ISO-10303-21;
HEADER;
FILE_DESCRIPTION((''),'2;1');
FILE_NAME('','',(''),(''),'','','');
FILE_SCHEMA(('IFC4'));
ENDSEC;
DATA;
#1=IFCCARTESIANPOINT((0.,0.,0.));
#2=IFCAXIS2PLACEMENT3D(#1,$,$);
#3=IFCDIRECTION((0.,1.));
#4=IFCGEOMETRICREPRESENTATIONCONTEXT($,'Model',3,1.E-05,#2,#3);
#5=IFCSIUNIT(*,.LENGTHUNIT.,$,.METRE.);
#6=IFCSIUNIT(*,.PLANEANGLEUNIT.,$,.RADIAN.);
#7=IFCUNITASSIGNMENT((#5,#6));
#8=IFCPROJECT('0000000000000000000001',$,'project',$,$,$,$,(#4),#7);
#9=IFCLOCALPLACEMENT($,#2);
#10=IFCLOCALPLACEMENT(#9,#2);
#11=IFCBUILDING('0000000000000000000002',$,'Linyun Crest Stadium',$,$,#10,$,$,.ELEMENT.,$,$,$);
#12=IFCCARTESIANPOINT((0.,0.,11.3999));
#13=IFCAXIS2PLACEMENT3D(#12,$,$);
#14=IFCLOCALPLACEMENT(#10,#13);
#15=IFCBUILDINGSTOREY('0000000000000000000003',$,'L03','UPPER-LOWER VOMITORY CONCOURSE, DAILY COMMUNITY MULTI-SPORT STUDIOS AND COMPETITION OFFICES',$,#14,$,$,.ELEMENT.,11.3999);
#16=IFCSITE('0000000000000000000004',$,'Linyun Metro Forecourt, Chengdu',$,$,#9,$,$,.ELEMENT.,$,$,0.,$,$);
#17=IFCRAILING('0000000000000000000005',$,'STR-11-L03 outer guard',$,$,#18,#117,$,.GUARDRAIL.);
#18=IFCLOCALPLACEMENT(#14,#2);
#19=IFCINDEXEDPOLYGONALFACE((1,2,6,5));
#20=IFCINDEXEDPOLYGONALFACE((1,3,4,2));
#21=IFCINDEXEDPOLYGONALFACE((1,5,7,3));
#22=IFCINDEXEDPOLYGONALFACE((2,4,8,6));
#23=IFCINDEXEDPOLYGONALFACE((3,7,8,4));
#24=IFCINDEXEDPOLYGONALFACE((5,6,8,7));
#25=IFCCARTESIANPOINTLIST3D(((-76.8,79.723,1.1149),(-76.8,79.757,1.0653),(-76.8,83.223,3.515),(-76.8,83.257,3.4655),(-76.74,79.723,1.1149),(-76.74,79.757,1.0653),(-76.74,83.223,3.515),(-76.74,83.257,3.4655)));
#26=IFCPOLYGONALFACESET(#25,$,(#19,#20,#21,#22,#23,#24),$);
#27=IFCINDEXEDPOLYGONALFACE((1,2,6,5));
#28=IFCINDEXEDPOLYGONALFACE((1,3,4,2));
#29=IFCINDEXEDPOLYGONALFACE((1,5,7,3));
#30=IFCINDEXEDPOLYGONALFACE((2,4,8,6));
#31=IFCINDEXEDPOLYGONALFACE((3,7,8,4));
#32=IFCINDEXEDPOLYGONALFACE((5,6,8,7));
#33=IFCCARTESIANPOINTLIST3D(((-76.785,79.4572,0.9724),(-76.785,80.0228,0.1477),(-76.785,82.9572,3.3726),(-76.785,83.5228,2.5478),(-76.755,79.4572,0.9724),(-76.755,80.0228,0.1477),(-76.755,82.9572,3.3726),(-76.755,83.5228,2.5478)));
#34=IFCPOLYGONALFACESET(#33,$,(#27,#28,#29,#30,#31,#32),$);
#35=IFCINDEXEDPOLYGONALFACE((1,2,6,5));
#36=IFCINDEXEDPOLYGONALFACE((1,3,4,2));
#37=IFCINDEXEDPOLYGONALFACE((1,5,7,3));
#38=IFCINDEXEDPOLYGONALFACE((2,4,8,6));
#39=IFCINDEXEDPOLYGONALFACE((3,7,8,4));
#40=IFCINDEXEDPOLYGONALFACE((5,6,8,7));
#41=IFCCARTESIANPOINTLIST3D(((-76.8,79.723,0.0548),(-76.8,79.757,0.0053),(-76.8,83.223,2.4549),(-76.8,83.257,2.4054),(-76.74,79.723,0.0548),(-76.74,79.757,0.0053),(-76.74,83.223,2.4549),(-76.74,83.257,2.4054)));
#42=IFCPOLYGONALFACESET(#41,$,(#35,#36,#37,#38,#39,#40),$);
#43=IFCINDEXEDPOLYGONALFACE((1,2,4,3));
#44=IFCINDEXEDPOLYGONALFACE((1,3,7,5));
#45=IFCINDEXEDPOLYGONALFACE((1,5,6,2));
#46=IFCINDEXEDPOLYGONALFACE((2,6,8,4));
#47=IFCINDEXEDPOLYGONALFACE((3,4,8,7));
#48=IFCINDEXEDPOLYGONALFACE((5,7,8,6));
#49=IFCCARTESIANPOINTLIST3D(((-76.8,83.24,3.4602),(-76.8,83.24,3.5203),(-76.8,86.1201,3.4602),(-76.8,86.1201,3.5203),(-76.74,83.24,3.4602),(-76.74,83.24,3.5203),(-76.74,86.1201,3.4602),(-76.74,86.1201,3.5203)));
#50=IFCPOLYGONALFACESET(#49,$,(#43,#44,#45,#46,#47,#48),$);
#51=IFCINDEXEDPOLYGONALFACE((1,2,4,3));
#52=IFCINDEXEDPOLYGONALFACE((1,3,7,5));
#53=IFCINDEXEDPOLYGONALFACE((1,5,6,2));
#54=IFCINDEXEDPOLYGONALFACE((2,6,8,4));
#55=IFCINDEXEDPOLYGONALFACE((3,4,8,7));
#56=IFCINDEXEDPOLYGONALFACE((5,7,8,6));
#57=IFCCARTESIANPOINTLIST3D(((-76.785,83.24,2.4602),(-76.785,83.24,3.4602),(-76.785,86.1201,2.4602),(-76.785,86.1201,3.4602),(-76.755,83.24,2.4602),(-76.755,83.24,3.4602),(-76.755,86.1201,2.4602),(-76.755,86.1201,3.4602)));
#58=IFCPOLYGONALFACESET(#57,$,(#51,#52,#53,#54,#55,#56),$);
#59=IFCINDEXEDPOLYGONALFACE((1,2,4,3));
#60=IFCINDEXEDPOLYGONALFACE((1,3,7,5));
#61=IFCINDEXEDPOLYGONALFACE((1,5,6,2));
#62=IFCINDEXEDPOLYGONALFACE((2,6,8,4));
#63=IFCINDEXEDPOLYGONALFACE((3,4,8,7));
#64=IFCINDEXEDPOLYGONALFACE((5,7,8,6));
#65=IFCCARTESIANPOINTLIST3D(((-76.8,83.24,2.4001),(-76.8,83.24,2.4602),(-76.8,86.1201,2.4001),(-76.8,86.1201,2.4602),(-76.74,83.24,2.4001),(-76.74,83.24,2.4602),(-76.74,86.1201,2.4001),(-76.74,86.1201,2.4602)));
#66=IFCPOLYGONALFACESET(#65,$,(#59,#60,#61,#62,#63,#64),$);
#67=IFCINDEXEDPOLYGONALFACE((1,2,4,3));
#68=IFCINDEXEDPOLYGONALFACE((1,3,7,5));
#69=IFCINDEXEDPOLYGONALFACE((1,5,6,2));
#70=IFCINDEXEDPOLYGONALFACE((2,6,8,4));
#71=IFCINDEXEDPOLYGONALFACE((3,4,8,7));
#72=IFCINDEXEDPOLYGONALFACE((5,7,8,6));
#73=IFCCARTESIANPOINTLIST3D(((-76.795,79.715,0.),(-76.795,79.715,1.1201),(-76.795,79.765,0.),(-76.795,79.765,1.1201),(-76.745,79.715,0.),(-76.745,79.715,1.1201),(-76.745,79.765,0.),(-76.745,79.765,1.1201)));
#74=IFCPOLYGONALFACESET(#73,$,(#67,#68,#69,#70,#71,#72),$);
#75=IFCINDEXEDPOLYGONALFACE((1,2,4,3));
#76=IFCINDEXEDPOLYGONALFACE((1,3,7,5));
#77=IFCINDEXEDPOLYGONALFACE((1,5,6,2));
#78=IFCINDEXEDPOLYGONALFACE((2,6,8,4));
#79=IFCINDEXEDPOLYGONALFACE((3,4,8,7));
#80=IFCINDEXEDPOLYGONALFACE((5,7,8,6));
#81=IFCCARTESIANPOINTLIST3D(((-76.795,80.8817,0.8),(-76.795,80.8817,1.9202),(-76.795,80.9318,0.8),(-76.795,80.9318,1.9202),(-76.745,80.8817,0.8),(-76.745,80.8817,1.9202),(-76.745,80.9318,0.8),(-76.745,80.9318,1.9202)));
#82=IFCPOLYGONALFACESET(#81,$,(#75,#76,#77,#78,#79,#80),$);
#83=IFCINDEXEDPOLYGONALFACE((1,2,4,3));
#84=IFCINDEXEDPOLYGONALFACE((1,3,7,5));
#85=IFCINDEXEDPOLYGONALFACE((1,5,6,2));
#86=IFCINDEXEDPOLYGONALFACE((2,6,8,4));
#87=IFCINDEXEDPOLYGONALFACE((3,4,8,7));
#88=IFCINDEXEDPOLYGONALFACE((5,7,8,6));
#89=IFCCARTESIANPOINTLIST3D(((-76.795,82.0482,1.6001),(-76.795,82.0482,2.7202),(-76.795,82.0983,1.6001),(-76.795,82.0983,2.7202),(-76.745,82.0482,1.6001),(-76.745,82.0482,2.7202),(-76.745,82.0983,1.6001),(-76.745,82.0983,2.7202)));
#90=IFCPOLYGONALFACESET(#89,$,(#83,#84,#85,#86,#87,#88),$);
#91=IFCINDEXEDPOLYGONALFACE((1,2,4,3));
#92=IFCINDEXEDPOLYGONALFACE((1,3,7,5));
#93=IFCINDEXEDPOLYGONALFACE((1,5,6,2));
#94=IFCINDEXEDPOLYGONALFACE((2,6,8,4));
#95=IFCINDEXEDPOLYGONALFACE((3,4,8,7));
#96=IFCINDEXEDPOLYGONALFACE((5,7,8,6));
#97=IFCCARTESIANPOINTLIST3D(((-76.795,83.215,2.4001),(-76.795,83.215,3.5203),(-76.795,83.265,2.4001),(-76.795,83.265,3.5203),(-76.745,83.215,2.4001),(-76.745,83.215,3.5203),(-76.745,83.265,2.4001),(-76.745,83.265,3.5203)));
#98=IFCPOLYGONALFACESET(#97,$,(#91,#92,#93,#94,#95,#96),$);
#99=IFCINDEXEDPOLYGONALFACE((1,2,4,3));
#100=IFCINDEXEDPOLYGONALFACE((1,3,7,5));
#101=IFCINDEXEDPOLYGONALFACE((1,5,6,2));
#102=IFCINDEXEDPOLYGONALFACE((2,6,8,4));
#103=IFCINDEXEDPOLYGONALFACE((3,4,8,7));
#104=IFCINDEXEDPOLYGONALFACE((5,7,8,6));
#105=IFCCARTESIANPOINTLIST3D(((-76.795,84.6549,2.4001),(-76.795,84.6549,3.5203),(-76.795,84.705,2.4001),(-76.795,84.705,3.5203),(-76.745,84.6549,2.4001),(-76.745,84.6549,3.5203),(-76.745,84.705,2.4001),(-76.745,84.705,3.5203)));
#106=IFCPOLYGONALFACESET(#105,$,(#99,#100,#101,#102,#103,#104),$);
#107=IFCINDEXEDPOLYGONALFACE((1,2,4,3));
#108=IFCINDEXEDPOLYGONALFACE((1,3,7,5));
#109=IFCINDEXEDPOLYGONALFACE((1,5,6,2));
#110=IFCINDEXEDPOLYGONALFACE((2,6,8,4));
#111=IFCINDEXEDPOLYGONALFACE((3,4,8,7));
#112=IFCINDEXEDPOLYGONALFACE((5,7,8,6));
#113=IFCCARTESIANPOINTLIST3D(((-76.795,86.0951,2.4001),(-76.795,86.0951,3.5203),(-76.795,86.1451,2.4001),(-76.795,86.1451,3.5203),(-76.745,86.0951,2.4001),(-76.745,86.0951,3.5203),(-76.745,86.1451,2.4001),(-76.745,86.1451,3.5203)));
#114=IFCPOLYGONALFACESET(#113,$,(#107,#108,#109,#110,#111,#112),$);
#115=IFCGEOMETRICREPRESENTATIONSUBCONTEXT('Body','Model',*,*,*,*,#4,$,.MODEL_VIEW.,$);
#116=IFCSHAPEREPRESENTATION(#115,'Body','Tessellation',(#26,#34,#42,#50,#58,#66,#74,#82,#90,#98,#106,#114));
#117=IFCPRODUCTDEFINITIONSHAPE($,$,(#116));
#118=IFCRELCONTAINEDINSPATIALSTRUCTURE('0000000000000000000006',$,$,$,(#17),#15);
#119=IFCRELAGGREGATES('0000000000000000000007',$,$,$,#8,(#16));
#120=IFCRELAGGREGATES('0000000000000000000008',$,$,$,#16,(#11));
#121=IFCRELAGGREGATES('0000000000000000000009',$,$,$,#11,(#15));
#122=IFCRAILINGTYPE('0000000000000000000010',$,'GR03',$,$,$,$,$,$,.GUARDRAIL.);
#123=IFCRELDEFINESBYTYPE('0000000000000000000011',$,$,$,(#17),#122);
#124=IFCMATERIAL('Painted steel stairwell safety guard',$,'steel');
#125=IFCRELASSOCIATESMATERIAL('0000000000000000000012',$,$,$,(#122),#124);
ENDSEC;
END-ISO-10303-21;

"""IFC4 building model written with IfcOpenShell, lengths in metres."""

from ifc_helpers import new_model, si_unit, direction, frame, origin, origin_2d, place, context, subcontext, project, spatial, rectangle, extrude, material, type_object, element, save


model = new_model("IFC4")

# Units and contexts
model_context = context("Model", 3, precision=1e-05, world=origin(), true_north=direction((0.0, 1.0)))
body_context = subcontext(model_context, "Body", "Model", "MODEL_VIEW")
ifc_project = project(units=[si_unit("LENGTHUNIT", "METRE"), si_unit("PLANEANGLEUNIT", "RADIAN")], contexts=[model_context])

# Site, building, storey
site_placement = place(None, origin())
site = spatial("IfcSite", under=ifc_project, at=site_placement, Name="Linyun Metro Forecourt, Chengdu", CompositionType="ELEMENT", RefElevation=0.0)
building_placement = place(site_placement, origin())
building = spatial("IfcBuilding", under=site, at=building_placement, Name="Linyun Crest Stadium", CompositionType="ELEMENT")
storey_placement = place(building_placement, frame((0.0, 0.0, 11.3999)))
storey = spatial("IfcBuildingStorey", under=building, at=storey_placement, Name="L03", Description="UPPER-LOWER VOMITORY CONCOURSE, DAILY COMMUNITY MULTI-SPORT STUDIOS AND COMPETITION OFFICES", CompositionType="ELEMENT", Elevation=11.3999)

# Railing
ifc_material_1 = material(Name="Painted steel stairwell safety guard", Category="steel")
railing_type_1 = type_object("IfcRailingType", Name="GR03", PredefinedType="GUARDRAIL", material=ifc_material_1)
railing_1_placement = place(storey_placement, frame((-76.77, 79.74, 0.0)))
element("IfcRailing", 1, at=railing_1_placement, inside=storey, type_object=railing_type_1, Name="STR-11-L03 outer guard", PredefinedType="GUARDRAIL", context=body_context, shape_type="SweptSolid", body=[
    extrude(rectangle(XDim=0.0601, YDim=0.0601, at=origin_2d()), frame((0.0, 0.0, 1.0901), z_axis=(0.0, 0.824713, 0.565552), x_axis=(-1.0, 0.0, 0.0)), (0.0, 0.0, 1.0), 4.2439),
    extrude(rectangle(XDim=0.03, YDim=1.0, at=origin_2d()), frame((0.0, 0.0, 0.5601), z_axis=(0.0, 0.824713, 0.565552), x_axis=(-1.0, 0.0, 0.0)), (0.0, 0.0, 1.0), 4.2439),
    extrude(rectangle(XDim=0.0601, YDim=0.0601, at=origin_2d()), frame((0.0, 0.0, 0.03), z_axis=(0.0, 0.824713, 0.565552), x_axis=(-1.0, 0.0, 0.0)), (0.0, 0.0, 1.0), 4.2439),
    extrude(rectangle(XDim=0.0601, YDim=0.0601, at=origin_2d()), frame((0.0, 3.5, 3.4902), z_axis=(0.0, 1.0, 0.0), x_axis=(-1.0, 0.0, 0.0)), (0.0, 0.0, 1.0), 2.8801),
    extrude(rectangle(XDim=0.03, YDim=1.0, at=origin_2d()), frame((0.0, 3.5, 2.9602), z_axis=(0.0, 1.0, 0.0), x_axis=(-1.0, 0.0, 0.0)), (0.0, 0.0, 1.0), 2.8801),
    extrude(rectangle(XDim=0.0601, YDim=0.0601, at=origin_2d()), frame((0.0, 3.5, 2.4302), z_axis=(0.0, 1.0, 0.0), x_axis=(-1.0, 0.0, 0.0)), (0.0, 0.0, 1.0), 2.8801),
    extrude(rectangle(XDim=0.05, YDim=0.05, at=origin_2d()), origin(), (0.0, 0.0, 1.0), 1.1201),
    extrude(rectangle(XDim=0.05, YDim=0.05, at=origin_2d()), frame((0.0, 1.1667, 0.8)), (0.0, 0.0, 1.0), 1.1201),
    extrude(rectangle(XDim=0.05, YDim=0.05, at=origin_2d()), frame((0.0, 2.3333, 1.6001)), (0.0, 0.0, 1.0), 1.1201),
    extrude(rectangle(XDim=0.05, YDim=0.05, at=origin_2d()), frame((0.0, 3.5, 2.4001)), (0.0, 0.0, 1.0), 1.1201),
    extrude(rectangle(XDim=0.05, YDim=0.05, at=origin_2d()), frame((0.0, 4.9399, 2.4001)), (0.0, 0.0, 1.0), 1.1201),
    extrude(rectangle(XDim=0.05, YDim=0.05, at=origin_2d()), frame((0.0, 6.3801, 2.4001)), (0.0, 0.0, 1.0), 1.1201),
])

save(model, "model.ifc")
